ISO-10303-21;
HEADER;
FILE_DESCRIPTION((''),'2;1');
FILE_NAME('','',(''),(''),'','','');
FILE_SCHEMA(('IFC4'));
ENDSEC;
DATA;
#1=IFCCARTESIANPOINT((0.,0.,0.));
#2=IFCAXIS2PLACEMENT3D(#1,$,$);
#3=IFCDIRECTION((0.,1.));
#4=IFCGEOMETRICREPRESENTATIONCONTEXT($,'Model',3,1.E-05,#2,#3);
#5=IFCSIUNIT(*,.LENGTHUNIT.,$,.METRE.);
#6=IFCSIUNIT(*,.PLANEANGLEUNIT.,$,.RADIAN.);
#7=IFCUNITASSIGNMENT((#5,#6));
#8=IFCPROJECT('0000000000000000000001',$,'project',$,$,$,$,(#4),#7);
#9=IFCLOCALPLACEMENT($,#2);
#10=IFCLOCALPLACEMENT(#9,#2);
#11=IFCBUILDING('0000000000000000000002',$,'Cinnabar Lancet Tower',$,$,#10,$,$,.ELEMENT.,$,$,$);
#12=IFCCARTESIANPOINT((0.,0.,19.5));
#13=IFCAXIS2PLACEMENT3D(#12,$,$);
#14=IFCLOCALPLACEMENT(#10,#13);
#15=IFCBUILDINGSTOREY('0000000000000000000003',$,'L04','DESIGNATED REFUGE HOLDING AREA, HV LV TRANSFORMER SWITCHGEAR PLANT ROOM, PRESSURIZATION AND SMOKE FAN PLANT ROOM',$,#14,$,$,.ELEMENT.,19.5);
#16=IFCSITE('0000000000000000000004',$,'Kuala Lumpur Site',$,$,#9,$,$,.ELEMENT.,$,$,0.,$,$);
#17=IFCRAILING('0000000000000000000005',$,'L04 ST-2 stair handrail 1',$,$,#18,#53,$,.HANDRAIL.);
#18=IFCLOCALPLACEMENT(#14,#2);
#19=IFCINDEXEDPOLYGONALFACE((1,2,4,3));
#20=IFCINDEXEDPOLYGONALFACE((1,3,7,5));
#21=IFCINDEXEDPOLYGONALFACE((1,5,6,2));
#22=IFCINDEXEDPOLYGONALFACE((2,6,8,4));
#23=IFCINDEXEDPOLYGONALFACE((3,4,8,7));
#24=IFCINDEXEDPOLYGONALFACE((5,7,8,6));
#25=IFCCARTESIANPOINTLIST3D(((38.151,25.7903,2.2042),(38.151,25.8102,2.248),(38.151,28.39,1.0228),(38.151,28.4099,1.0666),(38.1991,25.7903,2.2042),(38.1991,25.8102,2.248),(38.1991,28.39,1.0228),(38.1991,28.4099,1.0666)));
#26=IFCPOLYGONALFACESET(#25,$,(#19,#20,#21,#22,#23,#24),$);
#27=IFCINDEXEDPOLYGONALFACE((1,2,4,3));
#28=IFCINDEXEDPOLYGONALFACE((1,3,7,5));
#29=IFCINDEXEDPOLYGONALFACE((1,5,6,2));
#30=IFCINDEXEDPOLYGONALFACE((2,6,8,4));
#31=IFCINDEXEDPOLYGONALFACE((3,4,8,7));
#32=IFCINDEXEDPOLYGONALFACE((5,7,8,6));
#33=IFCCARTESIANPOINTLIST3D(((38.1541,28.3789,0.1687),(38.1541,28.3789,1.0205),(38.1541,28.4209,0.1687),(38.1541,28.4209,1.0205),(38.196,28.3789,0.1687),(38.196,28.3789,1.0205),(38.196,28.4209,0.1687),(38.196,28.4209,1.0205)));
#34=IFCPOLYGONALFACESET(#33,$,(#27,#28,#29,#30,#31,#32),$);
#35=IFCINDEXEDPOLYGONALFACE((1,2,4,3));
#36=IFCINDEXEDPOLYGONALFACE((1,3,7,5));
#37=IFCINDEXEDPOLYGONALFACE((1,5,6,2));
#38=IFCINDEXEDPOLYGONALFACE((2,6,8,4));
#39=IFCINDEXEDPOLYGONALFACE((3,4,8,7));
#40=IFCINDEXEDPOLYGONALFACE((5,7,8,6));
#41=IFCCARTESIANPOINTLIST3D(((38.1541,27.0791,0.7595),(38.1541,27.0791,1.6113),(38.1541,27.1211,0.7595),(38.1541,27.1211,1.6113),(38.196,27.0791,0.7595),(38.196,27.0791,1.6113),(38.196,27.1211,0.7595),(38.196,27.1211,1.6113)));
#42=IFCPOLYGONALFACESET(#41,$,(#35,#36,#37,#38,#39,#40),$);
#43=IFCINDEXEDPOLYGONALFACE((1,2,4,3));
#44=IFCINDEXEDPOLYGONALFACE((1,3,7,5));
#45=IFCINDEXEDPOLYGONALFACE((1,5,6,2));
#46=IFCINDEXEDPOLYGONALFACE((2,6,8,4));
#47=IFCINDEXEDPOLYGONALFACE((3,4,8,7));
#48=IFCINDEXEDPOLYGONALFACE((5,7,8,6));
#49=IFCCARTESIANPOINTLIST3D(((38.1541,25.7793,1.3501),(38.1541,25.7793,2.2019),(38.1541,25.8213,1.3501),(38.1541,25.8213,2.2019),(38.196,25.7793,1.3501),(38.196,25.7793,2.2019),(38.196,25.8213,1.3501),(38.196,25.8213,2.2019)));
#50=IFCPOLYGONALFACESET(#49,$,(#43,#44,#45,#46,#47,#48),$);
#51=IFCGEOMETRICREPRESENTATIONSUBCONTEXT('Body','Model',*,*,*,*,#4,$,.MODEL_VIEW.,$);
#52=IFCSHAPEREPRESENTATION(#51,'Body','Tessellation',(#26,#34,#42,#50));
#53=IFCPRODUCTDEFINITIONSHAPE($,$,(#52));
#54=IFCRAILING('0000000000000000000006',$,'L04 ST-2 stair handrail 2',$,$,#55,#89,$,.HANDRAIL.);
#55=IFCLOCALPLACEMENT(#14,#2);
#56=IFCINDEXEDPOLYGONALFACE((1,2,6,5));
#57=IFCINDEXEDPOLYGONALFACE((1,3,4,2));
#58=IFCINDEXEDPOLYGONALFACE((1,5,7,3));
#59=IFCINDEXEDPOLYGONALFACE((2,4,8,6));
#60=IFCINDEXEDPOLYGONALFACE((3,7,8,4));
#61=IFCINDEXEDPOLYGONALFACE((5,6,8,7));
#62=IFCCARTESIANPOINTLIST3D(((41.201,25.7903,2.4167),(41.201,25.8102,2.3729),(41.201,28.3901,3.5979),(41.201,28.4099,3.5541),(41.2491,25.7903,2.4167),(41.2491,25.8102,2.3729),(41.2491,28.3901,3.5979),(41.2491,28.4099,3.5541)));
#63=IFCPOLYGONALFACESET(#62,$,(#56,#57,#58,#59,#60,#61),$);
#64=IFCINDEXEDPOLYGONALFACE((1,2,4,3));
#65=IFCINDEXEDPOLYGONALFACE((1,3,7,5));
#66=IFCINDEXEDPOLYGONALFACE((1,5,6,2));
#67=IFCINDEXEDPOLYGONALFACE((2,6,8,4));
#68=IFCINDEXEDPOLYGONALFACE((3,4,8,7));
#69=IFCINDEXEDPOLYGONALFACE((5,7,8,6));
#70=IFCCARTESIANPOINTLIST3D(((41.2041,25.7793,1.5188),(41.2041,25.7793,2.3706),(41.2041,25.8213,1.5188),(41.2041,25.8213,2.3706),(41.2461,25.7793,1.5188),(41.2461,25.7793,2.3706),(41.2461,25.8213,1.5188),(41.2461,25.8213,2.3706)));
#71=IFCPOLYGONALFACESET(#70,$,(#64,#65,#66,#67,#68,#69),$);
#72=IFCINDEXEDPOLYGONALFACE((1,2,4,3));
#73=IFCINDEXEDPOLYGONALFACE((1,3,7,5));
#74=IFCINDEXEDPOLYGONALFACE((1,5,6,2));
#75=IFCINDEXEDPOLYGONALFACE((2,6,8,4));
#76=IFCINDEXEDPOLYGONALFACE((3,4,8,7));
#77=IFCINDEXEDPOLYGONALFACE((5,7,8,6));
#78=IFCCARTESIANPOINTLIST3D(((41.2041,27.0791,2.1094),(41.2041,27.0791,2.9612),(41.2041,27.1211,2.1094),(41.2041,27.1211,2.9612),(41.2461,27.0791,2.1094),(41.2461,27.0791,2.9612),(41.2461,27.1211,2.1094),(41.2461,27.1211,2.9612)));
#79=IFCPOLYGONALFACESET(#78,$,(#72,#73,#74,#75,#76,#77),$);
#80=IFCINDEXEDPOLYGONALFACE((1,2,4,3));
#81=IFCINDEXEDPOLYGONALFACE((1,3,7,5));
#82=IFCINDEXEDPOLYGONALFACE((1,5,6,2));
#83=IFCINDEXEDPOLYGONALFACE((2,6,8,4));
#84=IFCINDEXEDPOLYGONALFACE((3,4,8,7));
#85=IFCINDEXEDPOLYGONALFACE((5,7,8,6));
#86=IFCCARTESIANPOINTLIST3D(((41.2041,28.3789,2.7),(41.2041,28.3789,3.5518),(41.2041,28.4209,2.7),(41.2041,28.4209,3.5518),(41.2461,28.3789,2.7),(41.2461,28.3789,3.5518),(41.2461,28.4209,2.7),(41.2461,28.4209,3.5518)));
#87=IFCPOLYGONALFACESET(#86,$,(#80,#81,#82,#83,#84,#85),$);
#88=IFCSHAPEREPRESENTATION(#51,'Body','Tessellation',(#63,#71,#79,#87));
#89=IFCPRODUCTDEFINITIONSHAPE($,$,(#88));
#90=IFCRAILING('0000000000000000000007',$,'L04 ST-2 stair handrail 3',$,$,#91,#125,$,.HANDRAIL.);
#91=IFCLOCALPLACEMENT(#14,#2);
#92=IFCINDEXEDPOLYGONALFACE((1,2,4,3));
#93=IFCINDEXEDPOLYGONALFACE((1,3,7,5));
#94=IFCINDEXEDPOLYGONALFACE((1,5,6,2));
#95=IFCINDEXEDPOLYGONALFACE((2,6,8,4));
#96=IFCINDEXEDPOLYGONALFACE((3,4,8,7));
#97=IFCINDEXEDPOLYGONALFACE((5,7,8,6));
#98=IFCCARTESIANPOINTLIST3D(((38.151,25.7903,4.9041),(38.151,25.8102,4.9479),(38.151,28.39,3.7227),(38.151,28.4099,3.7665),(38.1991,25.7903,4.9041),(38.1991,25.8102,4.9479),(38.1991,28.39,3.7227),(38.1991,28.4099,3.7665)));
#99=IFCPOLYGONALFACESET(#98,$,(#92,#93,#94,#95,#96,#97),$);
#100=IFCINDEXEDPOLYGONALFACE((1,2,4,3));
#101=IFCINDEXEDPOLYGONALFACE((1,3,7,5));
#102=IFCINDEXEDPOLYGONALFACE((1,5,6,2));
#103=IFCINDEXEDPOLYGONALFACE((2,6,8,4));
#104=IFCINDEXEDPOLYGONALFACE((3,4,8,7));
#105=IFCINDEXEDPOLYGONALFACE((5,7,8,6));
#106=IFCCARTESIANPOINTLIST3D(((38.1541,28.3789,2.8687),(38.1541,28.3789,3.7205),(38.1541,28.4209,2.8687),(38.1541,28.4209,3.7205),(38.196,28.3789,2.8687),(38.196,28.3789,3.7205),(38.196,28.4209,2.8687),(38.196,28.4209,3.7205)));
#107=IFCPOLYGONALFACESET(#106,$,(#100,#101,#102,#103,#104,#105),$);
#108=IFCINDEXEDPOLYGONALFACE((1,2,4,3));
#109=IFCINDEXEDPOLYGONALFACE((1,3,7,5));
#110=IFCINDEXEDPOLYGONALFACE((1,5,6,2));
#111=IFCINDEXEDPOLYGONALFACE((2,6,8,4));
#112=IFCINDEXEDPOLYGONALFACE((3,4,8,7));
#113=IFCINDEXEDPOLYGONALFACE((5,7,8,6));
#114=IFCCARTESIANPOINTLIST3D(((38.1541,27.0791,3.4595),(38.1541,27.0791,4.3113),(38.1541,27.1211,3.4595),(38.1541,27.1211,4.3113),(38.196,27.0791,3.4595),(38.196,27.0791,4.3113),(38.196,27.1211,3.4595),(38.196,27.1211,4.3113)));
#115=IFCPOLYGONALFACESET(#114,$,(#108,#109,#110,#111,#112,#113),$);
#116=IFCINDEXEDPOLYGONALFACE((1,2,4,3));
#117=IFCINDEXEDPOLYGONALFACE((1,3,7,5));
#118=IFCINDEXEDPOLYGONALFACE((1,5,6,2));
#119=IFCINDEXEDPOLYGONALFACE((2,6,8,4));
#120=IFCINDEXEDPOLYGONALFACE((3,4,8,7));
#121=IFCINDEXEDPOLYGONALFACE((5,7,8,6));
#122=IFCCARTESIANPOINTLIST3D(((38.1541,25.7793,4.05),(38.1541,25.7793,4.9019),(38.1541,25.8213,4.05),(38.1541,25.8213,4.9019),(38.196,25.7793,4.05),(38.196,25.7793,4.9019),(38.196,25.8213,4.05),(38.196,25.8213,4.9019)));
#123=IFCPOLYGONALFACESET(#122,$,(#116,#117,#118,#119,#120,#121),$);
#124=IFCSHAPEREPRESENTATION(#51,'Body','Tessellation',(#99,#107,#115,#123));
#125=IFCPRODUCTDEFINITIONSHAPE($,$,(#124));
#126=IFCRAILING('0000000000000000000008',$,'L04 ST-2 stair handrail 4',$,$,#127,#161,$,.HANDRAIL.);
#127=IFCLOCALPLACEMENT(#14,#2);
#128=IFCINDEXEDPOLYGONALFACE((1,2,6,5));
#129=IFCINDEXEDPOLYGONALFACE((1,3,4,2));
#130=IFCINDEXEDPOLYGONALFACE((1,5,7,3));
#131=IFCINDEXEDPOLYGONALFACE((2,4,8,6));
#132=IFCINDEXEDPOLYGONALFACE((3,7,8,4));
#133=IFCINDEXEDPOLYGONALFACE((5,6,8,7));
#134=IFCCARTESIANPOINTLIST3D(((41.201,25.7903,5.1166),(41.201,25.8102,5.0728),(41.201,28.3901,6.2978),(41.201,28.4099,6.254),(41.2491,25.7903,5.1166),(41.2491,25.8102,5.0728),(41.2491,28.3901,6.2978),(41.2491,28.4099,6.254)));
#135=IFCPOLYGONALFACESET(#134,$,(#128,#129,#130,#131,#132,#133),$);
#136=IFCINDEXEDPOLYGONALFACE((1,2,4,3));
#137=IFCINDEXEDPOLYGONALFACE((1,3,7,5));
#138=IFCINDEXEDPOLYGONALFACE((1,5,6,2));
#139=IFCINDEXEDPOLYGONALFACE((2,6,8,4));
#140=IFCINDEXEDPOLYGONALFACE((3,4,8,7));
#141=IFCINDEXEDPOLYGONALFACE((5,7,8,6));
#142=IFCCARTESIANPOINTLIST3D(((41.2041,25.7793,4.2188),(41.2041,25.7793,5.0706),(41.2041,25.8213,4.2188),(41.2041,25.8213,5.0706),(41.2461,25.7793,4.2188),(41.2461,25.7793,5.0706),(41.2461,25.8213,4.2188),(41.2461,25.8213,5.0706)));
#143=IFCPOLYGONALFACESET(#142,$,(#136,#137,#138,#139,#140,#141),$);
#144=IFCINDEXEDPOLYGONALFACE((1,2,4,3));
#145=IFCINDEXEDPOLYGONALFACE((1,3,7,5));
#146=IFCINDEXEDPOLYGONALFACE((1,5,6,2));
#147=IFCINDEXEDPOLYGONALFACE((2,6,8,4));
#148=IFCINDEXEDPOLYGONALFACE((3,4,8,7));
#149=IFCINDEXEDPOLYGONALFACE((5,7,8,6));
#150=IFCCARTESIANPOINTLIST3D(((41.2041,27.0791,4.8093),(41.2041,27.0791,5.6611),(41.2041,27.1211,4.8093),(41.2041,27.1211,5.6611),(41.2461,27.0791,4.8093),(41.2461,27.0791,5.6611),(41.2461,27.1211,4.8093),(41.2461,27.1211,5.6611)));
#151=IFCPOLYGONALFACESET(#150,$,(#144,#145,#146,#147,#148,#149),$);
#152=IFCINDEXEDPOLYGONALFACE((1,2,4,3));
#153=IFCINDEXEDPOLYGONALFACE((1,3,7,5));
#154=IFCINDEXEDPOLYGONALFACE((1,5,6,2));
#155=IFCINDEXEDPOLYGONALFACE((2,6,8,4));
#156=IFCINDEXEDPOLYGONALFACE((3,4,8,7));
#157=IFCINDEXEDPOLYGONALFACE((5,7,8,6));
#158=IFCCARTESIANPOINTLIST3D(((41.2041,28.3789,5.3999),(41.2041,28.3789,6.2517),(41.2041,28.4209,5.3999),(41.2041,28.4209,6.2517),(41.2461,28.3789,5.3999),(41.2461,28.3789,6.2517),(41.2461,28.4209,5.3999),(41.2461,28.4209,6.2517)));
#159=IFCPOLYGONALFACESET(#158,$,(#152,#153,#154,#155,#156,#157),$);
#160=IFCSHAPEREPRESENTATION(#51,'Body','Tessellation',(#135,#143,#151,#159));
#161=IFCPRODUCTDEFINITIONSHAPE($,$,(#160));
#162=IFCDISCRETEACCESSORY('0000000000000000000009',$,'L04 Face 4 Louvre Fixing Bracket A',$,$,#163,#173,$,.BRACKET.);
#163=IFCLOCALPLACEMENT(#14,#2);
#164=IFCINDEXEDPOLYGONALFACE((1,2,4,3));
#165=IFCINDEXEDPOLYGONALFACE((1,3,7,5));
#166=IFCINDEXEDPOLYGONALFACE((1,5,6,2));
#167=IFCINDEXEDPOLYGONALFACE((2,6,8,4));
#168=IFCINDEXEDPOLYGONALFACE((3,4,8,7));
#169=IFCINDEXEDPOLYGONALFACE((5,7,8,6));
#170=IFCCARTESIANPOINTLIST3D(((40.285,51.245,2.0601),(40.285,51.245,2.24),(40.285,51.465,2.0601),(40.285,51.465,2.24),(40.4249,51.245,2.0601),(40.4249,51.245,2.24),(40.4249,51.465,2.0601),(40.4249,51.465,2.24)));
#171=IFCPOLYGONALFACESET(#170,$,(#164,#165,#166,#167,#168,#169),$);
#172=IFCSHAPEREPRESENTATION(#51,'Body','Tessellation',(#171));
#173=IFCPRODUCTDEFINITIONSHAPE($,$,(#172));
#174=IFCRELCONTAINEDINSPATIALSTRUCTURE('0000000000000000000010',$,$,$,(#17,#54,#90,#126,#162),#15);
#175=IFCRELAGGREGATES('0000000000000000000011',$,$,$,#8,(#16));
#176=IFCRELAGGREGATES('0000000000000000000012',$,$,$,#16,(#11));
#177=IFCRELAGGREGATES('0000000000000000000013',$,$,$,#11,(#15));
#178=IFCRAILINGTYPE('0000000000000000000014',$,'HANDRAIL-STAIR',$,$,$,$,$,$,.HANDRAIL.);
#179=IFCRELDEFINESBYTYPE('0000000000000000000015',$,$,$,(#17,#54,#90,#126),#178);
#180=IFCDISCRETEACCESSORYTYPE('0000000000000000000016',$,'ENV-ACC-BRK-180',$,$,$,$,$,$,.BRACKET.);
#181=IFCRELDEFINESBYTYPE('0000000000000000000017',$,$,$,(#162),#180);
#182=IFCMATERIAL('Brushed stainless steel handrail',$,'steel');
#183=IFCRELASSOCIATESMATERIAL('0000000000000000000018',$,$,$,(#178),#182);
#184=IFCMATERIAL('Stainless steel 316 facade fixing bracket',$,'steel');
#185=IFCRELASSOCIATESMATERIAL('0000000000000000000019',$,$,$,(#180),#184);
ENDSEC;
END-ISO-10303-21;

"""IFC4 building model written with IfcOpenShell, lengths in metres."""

from ifc_helpers import new_model, si_unit, direction, frame, origin, origin_2d, place, context, subcontext, project, spatial, rectangle, extrude, material, type_object, element, save


model = new_model("IFC4")

# Units and contexts
model_context = context("Model", 3, precision=1e-05, world=origin(), true_north=direction((0.0, 1.0)))
body_context = subcontext(model_context, "Body", "Model", "MODEL_VIEW")
ifc_project = project(units=[si_unit("LENGTHUNIT", "METRE"), si_unit("PLANEANGLEUNIT", "RADIAN")], contexts=[model_context])

# Site, building, storey
site_placement = place(None, origin())
site = spatial("IfcSite", under=ifc_project, at=site_placement, Name="Kuala Lumpur Site", CompositionType="ELEMENT", RefElevation=0.0)
building_placement = place(site_placement, origin())
building = spatial("IfcBuilding", under=site, at=building_placement, Name="Cinnabar Lancet Tower", CompositionType="ELEMENT")
storey_placement = place(building_placement, frame((0.0, 0.0, 19.5)))
storey = spatial("IfcBuildingStorey", under=building, at=storey_placement, Name="L04", Description="DESIGNATED REFUGE HOLDING AREA, HV LV TRANSFORMER SWITCHGEAR PLANT ROOM, PRESSURIZATION AND SMOKE FAN PLANT ROOM", CompositionType="ELEMENT", Elevation=19.5)

# Railings
ifc_material_1 = material(Name="Brushed stainless steel handrail", Category="steel")
railing_type_1 = type_object("IfcRailingType", Name="HANDRAIL-STAIR", PredefinedType="HANDRAIL", material=ifc_material_1)
railing_1_placement = place(storey_placement, frame((38.175, 28.3999, 0.1687)))
element("IfcRailing", 1, at=railing_1_placement, inside=storey, type_object=railing_type_1, Name="L04 ST-2 stair handrail 1", PredefinedType="HANDRAIL", context=body_context, shape_type="SweptSolid", body=[
    extrude(rectangle(XDim=0.0481, YDim=0.0481, at=origin_2d()), frame((0.0, 0.0, 0.876), z_axis=(0.0, -0.910399, 0.413732), x_axis=(1.0, 0.0, 0.0)), (0.0, 0.0, 1.0), 2.8555),
    extrude(rectangle(XDim=0.042, YDim=0.042, at=origin_2d()), origin(), (0.0, 0.0, 1.0), 0.8518),
    extrude(rectangle(XDim=0.042, YDim=0.042, at=origin_2d()), frame((0.0, -1.2998, 0.5908)), (0.0, 0.0, 1.0), 0.8518),
    extrude(rectangle(XDim=0.042, YDim=0.042, at=origin_2d()), frame((0.0, -2.5996, 1.1814)), (0.0, 0.0, 1.0), 0.8518),
])
railing_2_placement = place(storey_placement, frame((41.2251, 25.8003, 1.5188)))
element("IfcRailing", 2, at=railing_2_placement, inside=storey, type_object=railing_type_1, Name="L04 ST-2 stair handrail 2", PredefinedType="HANDRAIL", context=body_context, shape_type="SweptSolid", body=[
    extrude(rectangle(XDim=0.0481, YDim=0.0481, at=origin_2d()), frame((0.0, 0.0, 0.876), z_axis=(0.0, 0.910431, 0.413661), x_axis=(-1.0, 0.0, 0.0)), (0.0, 0.0, 1.0), 2.8555),
    extrude(rectangle(XDim=0.042, YDim=0.042, at=origin_2d()), origin(), (0.0, 0.0, 1.0), 0.8518),
    extrude(rectangle(XDim=0.042, YDim=0.042, at=origin_2d()), frame((0.0, 1.2998, 0.5906)), (0.0, 0.0, 1.0), 0.8518),
    extrude(rectangle(XDim=0.042, YDim=0.042, at=origin_2d()), frame((0.0, 2.5996, 1.1812)), (0.0, 0.0, 1.0), 0.8518),
])
railing_3_placement = place(storey_placement, frame((38.175, 28.3999, 2.8687)))
element("IfcRailing", 3, at=railing_3_placement, inside=storey, type_object=railing_type_1, Name="L04 ST-2 stair handrail 3", PredefinedType="HANDRAIL", context=body_context, shape_type="SweptSolid", body=[
    extrude(rectangle(XDim=0.0481, YDim=0.0481, at=origin_2d()), frame((0.0, 0.0, 0.876), z_axis=(0.0, -0.910399, 0.413732), x_axis=(1.0, 0.0, 0.0)), (0.0, 0.0, 1.0), 2.8555),
    extrude(rectangle(XDim=0.042, YDim=0.042, at=origin_2d()), origin(), (0.0, 0.0, 1.0), 0.8518),
    extrude(rectangle(XDim=0.042, YDim=0.042, at=origin_2d()), frame((0.0, -1.2998, 0.5908)), (0.0, 0.0, 1.0), 0.8518),
    extrude(rectangle(XDim=0.042, YDim=0.042, at=origin_2d()), frame((0.0, -2.5996, 1.1814)), (0.0, 0.0, 1.0), 0.8518),
])
railing_4_placement = place(storey_placement, frame((41.2251, 25.8003, 4.2188)))
element("IfcRailing", 4, at=railing_4_placement, inside=storey, type_object=railing_type_1, Name="L04 ST-2 stair handrail 4", PredefinedType="HANDRAIL", context=body_context, shape_type="SweptSolid", body=[
    extrude(rectangle(XDim=0.0481, YDim=0.0481, at=origin_2d()), frame((0.0, 0.0, 0.876), z_axis=(0.0, 0.910431, 0.413661), x_axis=(-1.0, 0.0, 0.0)), (0.0, 0.0, 1.0), 2.8555),
    extrude(rectangle(XDim=0.042, YDim=0.042, at=origin_2d()), origin(), (0.0, 0.0, 1.0), 0.8518),
    extrude(rectangle(XDim=0.042, YDim=0.042, at=origin_2d()), frame((0.0, 1.2998, 0.5906)), (0.0, 0.0, 1.0), 0.8518),
    extrude(rectangle(XDim=0.042, YDim=0.042, at=origin_2d()), frame((0.0, 2.5996, 1.1812)), (0.0, 0.0, 1.0), 0.8518),
])

# Discrete accessory
ifc_material_2 = material(Name="Stainless steel 316 facade fixing bracket", Category="steel")
discrete_accessory_type = type_object("IfcDiscreteAccessoryType", Name="ENV-ACC-BRK-180", PredefinedType="BRACKET", material=ifc_material_2)
discrete_accessory_placement = place(storey_placement, frame((40.355, 51.355, 2.0601), z_axis=(0.0, 0.0, 1.0), x_axis=(-1.0, 0.0, 0.0)))
element("IfcDiscreteAccessory", 5, at=discrete_accessory_placement, inside=storey, type_object=discrete_accessory_type, Name="L04 Face 4 Louvre Fixing Bracket A", PredefinedType="BRACKET", context=body_context, shape_type="SweptSolid", body=[
    extrude(rectangle(XDim=0.1399, YDim=0.22, at=origin_2d()), origin(), (0.0, 0.0, 1.0), 0.1799),
])

save(model, "model.ifc")
